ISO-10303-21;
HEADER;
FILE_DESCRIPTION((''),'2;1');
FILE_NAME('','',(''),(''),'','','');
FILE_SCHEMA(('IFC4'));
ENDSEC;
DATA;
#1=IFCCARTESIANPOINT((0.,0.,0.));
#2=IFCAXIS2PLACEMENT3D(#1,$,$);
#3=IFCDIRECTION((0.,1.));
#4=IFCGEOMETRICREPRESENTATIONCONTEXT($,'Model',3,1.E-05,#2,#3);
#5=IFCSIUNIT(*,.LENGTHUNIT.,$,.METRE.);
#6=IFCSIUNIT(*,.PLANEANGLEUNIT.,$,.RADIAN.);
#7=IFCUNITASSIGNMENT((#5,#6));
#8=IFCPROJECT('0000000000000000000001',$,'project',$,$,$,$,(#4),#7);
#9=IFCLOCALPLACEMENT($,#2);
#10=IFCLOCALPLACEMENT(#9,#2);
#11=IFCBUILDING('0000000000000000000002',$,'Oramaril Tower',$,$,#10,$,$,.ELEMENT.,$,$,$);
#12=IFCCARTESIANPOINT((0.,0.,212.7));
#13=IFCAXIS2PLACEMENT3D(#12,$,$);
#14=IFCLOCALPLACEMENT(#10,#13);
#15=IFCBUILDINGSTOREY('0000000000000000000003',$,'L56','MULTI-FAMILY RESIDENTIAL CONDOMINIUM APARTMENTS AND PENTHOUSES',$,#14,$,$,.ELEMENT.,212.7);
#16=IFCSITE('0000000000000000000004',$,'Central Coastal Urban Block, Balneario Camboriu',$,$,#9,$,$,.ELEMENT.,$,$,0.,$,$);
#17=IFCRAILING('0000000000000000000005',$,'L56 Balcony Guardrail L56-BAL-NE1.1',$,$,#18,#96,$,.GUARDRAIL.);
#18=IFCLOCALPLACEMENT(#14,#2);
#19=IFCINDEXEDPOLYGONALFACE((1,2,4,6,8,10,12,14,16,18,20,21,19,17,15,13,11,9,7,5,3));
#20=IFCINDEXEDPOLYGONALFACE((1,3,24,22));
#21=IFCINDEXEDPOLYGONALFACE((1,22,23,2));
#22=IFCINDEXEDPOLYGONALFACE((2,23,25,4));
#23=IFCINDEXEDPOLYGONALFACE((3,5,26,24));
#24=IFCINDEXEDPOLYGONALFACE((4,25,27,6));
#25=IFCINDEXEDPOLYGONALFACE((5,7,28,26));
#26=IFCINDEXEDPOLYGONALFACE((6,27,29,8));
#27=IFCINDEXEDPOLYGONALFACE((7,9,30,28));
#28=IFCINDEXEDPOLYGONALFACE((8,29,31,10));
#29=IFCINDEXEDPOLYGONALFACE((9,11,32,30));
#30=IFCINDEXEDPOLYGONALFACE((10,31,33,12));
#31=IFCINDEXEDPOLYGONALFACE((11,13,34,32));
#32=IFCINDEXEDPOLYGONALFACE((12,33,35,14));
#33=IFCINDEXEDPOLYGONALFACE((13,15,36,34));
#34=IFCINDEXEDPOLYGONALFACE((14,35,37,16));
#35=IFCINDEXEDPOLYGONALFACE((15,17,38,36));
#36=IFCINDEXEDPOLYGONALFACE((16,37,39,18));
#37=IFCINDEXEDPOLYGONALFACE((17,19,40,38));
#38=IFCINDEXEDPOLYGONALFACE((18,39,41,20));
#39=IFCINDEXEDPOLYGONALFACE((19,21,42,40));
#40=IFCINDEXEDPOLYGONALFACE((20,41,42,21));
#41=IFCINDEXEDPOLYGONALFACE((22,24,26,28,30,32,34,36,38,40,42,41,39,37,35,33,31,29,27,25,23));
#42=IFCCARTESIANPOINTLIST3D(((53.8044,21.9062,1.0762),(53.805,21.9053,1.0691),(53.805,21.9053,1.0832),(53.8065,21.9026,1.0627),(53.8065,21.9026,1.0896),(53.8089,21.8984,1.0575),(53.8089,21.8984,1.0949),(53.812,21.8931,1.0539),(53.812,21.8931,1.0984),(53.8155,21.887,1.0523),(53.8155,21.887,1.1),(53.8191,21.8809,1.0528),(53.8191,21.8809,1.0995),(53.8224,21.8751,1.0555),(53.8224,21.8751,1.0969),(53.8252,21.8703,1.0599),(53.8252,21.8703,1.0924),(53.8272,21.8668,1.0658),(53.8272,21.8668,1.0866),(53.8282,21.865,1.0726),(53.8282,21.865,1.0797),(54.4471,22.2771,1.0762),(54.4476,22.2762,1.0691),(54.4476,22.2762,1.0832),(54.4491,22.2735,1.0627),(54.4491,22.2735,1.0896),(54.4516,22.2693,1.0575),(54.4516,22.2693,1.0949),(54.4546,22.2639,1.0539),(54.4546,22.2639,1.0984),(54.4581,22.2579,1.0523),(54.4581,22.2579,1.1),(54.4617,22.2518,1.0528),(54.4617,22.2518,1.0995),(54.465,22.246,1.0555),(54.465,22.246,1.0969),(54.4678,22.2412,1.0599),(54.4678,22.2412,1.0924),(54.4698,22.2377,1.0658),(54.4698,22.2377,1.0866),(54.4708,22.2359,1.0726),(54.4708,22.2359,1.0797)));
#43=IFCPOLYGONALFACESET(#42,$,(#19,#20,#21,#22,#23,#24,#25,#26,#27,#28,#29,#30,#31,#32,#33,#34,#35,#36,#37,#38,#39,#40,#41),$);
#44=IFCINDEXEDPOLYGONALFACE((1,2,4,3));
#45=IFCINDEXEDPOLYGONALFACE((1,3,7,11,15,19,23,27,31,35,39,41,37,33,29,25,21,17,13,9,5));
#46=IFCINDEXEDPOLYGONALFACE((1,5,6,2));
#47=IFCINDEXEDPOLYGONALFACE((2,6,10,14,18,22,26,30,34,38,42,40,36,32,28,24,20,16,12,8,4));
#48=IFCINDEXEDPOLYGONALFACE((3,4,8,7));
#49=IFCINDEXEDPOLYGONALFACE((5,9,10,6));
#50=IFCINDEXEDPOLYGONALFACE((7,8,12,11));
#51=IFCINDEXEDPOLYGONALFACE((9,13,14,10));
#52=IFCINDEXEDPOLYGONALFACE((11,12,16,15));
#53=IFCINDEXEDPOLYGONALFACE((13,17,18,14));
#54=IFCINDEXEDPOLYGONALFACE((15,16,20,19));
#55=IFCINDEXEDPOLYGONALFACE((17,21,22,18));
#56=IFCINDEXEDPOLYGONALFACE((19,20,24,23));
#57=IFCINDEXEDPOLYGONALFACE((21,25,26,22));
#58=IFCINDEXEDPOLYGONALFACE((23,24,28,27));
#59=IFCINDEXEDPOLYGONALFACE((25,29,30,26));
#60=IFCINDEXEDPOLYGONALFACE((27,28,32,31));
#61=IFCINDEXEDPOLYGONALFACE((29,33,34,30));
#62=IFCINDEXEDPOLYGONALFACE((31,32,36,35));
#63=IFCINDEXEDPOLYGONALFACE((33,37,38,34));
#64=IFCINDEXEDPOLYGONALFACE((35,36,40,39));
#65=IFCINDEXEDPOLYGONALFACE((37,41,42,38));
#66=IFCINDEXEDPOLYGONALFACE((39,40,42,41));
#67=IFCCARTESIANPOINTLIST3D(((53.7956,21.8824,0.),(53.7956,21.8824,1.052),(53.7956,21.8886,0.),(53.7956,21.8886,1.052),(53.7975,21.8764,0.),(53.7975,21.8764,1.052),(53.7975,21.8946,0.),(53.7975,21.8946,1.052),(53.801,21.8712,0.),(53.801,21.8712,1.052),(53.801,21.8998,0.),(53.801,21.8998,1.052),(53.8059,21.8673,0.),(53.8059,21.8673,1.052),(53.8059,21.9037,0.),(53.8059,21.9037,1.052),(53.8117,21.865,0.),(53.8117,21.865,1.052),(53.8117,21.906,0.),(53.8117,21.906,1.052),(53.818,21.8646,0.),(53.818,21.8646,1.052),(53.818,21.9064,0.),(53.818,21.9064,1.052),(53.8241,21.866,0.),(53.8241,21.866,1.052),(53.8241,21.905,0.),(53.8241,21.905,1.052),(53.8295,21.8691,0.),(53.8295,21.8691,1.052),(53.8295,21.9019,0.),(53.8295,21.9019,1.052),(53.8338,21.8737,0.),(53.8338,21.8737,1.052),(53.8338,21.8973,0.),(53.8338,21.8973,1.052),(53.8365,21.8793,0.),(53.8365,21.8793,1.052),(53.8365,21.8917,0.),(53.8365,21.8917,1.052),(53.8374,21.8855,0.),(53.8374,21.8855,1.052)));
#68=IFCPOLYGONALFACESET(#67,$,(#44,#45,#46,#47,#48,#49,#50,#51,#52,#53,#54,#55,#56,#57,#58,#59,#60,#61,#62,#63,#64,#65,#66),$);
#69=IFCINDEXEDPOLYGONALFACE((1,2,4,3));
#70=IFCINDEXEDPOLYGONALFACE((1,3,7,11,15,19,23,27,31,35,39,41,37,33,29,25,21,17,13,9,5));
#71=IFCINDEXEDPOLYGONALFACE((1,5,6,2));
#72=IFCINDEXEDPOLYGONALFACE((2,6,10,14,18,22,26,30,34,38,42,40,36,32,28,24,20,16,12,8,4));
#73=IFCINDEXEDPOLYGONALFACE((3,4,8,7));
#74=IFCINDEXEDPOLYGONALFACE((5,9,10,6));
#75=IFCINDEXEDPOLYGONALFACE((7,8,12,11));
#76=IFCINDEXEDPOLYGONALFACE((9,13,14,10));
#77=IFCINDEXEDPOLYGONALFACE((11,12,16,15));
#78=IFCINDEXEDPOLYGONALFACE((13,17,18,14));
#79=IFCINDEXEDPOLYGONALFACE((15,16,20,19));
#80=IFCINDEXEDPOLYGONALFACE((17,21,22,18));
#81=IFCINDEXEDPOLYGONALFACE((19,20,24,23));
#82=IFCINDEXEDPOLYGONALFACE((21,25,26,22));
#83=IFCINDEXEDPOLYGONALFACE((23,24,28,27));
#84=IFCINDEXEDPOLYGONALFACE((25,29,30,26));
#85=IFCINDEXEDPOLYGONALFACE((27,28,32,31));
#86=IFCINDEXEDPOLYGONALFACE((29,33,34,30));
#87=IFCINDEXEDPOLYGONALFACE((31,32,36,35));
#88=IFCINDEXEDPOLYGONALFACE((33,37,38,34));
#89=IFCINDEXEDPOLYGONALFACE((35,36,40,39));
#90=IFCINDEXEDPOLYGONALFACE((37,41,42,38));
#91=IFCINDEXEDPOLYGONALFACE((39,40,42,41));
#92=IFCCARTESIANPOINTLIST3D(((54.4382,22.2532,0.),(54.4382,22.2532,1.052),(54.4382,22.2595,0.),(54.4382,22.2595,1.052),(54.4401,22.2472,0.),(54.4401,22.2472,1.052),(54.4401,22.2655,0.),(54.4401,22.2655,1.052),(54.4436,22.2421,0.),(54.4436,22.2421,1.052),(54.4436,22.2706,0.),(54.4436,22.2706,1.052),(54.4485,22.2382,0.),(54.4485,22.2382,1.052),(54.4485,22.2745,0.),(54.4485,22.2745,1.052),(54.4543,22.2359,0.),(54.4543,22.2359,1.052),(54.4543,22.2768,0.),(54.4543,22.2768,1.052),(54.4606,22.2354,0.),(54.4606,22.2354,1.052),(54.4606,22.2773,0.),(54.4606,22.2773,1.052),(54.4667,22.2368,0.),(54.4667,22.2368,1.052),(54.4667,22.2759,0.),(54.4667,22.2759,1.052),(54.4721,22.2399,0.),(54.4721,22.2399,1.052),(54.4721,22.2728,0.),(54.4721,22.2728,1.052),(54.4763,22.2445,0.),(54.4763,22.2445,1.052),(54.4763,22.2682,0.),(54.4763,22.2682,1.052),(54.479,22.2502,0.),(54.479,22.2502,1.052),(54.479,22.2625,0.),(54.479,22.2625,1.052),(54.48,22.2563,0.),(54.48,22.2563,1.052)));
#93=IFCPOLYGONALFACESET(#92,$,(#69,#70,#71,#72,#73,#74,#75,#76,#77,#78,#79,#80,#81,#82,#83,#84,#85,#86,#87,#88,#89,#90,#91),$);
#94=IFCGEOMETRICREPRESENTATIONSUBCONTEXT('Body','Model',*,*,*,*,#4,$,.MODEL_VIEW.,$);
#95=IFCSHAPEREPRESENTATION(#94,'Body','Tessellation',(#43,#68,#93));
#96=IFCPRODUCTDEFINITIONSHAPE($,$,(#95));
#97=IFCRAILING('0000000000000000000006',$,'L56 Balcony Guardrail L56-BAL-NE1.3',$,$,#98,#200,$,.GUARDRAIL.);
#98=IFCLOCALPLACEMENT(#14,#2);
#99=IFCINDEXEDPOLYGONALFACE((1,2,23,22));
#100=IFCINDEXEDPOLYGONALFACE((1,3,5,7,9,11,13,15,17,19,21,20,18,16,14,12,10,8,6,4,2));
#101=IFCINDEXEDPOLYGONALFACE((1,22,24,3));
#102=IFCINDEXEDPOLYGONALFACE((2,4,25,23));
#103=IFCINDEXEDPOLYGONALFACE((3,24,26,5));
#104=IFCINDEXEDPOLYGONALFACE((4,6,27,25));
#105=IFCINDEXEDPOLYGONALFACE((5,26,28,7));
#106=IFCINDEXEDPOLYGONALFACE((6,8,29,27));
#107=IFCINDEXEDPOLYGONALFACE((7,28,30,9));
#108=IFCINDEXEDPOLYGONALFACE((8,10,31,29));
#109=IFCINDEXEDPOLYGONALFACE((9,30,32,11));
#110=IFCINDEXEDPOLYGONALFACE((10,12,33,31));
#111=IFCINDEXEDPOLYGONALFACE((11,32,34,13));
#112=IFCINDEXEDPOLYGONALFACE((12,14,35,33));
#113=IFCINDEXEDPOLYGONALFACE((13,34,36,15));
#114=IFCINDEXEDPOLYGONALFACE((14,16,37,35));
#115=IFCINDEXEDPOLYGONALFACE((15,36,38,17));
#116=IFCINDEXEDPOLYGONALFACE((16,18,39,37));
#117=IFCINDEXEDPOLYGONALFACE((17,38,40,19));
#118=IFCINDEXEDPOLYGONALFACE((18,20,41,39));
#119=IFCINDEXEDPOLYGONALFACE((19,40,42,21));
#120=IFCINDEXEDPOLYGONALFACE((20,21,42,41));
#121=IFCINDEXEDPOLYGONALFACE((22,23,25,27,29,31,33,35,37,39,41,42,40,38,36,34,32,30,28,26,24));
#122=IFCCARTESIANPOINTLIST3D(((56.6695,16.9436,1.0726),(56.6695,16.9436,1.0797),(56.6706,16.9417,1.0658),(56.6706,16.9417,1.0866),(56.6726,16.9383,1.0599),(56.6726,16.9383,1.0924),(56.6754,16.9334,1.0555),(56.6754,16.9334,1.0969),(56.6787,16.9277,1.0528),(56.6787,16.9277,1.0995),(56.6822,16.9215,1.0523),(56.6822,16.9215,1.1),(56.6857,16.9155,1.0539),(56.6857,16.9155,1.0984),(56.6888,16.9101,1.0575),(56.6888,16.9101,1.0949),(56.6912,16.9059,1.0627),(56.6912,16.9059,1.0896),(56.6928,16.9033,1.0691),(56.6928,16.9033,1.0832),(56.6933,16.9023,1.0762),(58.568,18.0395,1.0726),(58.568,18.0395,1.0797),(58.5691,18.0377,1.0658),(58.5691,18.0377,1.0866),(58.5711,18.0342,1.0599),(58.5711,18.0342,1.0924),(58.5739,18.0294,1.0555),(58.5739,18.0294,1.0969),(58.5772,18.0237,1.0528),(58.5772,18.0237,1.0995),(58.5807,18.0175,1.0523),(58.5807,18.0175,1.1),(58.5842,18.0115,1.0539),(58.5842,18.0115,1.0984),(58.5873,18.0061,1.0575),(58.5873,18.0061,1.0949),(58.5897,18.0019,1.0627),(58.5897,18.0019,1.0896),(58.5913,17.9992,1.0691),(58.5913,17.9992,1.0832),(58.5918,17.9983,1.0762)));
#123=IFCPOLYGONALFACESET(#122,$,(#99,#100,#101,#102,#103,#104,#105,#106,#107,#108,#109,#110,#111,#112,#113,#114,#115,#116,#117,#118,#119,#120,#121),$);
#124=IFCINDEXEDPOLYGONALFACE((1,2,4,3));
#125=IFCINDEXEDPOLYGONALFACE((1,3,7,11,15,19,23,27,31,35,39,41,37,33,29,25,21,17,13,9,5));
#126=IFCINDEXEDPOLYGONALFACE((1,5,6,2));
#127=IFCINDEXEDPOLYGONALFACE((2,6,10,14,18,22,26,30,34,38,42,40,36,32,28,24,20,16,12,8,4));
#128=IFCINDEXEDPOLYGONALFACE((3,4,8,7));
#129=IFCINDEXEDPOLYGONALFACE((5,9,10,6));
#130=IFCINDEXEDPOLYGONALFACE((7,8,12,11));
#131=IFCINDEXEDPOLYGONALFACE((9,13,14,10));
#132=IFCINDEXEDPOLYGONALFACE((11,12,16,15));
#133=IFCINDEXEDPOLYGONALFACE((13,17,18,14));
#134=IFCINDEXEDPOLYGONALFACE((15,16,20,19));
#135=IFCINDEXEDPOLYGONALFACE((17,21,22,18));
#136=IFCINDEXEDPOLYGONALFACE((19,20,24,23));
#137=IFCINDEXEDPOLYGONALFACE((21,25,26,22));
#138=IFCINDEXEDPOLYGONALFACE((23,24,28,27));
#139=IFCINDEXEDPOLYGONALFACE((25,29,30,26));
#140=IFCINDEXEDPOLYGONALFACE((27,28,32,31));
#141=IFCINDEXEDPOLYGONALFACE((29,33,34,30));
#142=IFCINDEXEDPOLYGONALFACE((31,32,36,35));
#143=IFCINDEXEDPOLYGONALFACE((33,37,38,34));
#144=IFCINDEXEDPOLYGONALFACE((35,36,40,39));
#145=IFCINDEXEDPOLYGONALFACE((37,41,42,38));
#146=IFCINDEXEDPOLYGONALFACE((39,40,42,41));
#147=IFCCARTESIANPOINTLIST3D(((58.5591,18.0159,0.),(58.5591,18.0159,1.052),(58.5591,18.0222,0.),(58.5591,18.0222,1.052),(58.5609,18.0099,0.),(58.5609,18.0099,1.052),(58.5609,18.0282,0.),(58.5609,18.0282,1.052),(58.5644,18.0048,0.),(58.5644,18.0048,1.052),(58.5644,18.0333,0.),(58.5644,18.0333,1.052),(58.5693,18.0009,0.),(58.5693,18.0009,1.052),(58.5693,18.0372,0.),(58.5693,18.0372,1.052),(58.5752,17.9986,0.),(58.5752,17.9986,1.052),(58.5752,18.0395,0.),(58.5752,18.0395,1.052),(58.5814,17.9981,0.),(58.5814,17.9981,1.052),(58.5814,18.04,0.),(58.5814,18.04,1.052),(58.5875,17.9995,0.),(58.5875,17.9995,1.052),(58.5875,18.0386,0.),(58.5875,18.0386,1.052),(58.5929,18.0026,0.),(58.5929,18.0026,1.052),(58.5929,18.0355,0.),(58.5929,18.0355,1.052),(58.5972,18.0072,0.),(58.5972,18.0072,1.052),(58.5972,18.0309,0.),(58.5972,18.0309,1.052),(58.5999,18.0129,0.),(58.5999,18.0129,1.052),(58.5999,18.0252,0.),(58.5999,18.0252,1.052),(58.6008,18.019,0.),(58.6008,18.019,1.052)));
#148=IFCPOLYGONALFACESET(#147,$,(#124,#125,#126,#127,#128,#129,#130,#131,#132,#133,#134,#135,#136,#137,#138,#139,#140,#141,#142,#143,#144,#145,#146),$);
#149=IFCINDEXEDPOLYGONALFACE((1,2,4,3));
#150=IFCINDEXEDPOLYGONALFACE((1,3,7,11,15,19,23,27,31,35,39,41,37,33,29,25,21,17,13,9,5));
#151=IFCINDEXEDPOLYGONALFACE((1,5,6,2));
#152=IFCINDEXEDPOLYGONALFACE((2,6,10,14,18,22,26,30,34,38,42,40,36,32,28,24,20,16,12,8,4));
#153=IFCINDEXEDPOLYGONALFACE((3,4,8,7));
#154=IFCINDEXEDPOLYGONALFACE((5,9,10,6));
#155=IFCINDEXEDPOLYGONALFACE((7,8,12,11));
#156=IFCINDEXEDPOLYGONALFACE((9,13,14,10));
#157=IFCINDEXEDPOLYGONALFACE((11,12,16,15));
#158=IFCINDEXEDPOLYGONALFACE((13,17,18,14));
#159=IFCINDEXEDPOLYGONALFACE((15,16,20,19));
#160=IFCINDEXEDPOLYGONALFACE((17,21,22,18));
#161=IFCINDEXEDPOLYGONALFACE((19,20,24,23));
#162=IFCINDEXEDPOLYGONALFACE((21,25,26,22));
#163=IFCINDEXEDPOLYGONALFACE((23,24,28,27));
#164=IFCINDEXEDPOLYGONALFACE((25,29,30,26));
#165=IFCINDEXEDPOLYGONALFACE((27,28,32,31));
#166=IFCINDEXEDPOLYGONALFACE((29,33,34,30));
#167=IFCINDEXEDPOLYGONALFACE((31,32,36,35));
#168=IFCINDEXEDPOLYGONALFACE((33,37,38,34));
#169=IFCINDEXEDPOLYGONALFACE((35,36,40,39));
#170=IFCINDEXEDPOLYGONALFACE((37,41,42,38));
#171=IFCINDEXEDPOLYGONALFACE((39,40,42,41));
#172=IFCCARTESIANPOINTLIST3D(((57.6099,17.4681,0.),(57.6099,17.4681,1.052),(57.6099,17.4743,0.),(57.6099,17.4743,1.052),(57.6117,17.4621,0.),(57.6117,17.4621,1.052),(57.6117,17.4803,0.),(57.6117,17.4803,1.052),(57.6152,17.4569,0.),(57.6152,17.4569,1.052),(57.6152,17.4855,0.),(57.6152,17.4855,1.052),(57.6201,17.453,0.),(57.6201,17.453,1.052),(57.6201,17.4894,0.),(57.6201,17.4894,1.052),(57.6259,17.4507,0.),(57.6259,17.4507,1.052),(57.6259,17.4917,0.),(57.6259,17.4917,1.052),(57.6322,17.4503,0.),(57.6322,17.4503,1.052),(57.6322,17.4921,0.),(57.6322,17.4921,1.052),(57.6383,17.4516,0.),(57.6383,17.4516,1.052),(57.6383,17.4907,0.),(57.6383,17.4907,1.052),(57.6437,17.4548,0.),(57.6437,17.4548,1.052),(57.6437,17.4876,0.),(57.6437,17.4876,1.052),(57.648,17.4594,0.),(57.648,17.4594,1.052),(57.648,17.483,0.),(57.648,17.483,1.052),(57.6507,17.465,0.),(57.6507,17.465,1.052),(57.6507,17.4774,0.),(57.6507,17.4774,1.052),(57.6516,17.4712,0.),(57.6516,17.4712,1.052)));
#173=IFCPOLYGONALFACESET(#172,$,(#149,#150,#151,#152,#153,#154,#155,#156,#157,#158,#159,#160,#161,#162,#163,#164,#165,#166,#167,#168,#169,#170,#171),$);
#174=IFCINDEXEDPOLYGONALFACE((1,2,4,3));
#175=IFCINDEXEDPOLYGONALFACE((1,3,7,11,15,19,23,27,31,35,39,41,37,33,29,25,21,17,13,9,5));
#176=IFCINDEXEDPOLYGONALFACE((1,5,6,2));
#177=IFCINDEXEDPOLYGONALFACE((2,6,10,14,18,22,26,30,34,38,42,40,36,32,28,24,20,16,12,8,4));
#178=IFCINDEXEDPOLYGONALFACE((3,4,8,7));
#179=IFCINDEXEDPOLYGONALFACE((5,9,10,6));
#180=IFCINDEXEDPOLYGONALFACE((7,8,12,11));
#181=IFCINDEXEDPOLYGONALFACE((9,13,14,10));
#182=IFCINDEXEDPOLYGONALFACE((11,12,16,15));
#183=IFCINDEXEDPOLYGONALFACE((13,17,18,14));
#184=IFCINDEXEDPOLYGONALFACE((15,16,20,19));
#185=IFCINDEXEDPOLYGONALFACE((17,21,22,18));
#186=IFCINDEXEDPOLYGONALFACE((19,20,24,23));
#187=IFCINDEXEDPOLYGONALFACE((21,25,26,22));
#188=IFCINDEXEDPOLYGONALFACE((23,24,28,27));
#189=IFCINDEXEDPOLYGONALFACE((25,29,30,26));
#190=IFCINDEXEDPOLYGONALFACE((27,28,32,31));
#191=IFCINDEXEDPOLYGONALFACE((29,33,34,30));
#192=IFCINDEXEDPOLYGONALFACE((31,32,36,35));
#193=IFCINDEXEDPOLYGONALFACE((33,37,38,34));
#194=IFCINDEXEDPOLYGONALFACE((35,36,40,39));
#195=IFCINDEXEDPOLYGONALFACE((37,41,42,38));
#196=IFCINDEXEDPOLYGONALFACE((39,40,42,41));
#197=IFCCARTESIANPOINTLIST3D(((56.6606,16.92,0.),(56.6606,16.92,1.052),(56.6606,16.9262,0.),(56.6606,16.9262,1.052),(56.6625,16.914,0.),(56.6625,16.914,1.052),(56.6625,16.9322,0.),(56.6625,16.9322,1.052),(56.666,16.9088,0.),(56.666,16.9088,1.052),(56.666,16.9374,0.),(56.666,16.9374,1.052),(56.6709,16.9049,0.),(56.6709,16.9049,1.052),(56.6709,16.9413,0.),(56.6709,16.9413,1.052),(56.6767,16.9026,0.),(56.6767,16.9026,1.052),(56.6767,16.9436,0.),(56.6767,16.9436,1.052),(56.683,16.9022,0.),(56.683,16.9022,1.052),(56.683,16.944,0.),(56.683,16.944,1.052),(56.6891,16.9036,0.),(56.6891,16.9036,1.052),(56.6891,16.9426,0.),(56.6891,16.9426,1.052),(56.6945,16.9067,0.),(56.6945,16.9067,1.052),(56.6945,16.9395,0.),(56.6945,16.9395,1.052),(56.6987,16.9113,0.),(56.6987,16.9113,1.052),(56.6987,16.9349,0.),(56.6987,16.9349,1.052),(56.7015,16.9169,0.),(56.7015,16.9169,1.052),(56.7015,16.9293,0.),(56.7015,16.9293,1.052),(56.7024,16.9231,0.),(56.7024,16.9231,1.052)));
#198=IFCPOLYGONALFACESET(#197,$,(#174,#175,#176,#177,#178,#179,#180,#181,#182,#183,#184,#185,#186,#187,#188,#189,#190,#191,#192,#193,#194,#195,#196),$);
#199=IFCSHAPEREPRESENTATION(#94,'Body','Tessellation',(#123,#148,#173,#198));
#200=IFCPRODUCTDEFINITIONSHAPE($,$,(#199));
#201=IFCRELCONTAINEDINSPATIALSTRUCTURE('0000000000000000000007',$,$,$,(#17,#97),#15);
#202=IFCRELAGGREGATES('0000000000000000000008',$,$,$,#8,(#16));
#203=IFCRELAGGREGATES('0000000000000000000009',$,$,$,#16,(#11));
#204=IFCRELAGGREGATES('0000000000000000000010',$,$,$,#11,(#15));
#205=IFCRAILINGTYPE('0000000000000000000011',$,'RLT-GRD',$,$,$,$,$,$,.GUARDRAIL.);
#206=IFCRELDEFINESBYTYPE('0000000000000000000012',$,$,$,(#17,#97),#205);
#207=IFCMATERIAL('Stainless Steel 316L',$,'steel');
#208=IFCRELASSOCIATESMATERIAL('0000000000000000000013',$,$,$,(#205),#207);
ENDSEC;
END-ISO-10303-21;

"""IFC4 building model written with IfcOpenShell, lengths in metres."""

from ifc_helpers import new_model, si_unit, direction, frame, origin, origin_2d, place, context, subcontext, project, spatial, circle, extrude, material, type_object, element, save


model = new_model("IFC4")

# Units and contexts
model_context = context("Model", 3, precision=1e-05, world=origin(), true_north=direction((0.0, 1.0)))
body_context = subcontext(model_context, "Body", "Model", "MODEL_VIEW")
ifc_project = project(units=[si_unit("LENGTHUNIT", "METRE"), si_unit("PLANEANGLEUNIT", "RADIAN")], contexts=[model_context])

# Site, building, storey
site_placement = place(None, origin())
site = spatial("IfcSite", under=ifc_project, at=site_placement, Name="Central Coastal Urban Block, Balneario Camboriu", CompositionType="ELEMENT", RefElevation=0.0)
building_placement = place(site_placement, origin())
building = spatial("IfcBuilding", under=site, at=building_placement, Name="Oramaril Tower", CompositionType="ELEMENT")
storey_placement = place(building_placement, frame((0.0, 0.0, 212.7)))
storey = spatial("IfcBuildingStorey", under=building, at=storey_placement, Name="L56", Description="MULTI-FAMILY RESIDENTIAL CONDOMINIUM APARTMENTS AND PENTHOUSES", CompositionType="ELEMENT", Elevation=212.7)

# Railings
ifc_material_1 = material(Name="Stainless Steel 316L", Category="steel")
railing_type = type_object("IfcRailingType", Name="RLT-GRD", PredefinedType="GUARDRAIL", material=ifc_material_1)
railing_1_placement = place(storey_placement, frame((53.8164, 21.8855, 0.0)))
element("IfcRailing", 1, at=railing_1_placement, inside=storey, type_object=railing_type, Name="L56 Balcony Guardrail L56-BAL-NE1.1", PredefinedType="GUARDRAIL", context=body_context, shape_type="SweptSolid", body=[
    extrude(circle(Radius=0.0239, at=origin_2d()), frame((0.0, 0.0, 1.0762), z_axis=(0.866109, 0.499855, 0.0), x_axis=(-0.499855, 0.866109, 0.0)), (0.0, 0.0, 1.0), 0.7419),
    extrude(circle(Radius=0.021, at=origin_2d()), origin(), (0.0, 0.0, 1.0), 1.052),
    extrude(circle(Radius=0.021, at=origin_2d()), frame((0.6426, 0.3708, 0.0)), (0.0, 0.0, 1.0), 1.052),
])
railing_2_placement = place(storey_placement, frame((58.5798, 18.019, 0.0)))
element("IfcRailing", 2, at=railing_2_placement, inside=storey, type_object=railing_type, Name="L56 Balcony Guardrail L56-BAL-NE1.3", PredefinedType="GUARDRAIL", context=body_context, shape_type="SweptSolid", body=[
    extrude(circle(Radius=0.0239, at=origin_2d()), frame((0.0, 0.0, 1.0762), z_axis=(-0.866048, -0.49996, 0.0), x_axis=(0.49996, -0.866048, 0.0)), (0.0, 0.0, 1.0), 2.1921),
    extrude(circle(Radius=0.021, at=origin_2d()), origin(), (0.0, 0.0, 1.0), 1.052),
    extrude(circle(Radius=0.021, at=origin_2d()), frame((-0.9492, -0.5479, 0.0)), (0.0, 0.0, 1.0), 1.052),
    extrude(circle(Radius=0.021, at=origin_2d()), frame((-1.8984, -1.0959, 0.0)), (0.0, 0.0, 1.0), 1.052),
])

save(model, "model.ifc")
